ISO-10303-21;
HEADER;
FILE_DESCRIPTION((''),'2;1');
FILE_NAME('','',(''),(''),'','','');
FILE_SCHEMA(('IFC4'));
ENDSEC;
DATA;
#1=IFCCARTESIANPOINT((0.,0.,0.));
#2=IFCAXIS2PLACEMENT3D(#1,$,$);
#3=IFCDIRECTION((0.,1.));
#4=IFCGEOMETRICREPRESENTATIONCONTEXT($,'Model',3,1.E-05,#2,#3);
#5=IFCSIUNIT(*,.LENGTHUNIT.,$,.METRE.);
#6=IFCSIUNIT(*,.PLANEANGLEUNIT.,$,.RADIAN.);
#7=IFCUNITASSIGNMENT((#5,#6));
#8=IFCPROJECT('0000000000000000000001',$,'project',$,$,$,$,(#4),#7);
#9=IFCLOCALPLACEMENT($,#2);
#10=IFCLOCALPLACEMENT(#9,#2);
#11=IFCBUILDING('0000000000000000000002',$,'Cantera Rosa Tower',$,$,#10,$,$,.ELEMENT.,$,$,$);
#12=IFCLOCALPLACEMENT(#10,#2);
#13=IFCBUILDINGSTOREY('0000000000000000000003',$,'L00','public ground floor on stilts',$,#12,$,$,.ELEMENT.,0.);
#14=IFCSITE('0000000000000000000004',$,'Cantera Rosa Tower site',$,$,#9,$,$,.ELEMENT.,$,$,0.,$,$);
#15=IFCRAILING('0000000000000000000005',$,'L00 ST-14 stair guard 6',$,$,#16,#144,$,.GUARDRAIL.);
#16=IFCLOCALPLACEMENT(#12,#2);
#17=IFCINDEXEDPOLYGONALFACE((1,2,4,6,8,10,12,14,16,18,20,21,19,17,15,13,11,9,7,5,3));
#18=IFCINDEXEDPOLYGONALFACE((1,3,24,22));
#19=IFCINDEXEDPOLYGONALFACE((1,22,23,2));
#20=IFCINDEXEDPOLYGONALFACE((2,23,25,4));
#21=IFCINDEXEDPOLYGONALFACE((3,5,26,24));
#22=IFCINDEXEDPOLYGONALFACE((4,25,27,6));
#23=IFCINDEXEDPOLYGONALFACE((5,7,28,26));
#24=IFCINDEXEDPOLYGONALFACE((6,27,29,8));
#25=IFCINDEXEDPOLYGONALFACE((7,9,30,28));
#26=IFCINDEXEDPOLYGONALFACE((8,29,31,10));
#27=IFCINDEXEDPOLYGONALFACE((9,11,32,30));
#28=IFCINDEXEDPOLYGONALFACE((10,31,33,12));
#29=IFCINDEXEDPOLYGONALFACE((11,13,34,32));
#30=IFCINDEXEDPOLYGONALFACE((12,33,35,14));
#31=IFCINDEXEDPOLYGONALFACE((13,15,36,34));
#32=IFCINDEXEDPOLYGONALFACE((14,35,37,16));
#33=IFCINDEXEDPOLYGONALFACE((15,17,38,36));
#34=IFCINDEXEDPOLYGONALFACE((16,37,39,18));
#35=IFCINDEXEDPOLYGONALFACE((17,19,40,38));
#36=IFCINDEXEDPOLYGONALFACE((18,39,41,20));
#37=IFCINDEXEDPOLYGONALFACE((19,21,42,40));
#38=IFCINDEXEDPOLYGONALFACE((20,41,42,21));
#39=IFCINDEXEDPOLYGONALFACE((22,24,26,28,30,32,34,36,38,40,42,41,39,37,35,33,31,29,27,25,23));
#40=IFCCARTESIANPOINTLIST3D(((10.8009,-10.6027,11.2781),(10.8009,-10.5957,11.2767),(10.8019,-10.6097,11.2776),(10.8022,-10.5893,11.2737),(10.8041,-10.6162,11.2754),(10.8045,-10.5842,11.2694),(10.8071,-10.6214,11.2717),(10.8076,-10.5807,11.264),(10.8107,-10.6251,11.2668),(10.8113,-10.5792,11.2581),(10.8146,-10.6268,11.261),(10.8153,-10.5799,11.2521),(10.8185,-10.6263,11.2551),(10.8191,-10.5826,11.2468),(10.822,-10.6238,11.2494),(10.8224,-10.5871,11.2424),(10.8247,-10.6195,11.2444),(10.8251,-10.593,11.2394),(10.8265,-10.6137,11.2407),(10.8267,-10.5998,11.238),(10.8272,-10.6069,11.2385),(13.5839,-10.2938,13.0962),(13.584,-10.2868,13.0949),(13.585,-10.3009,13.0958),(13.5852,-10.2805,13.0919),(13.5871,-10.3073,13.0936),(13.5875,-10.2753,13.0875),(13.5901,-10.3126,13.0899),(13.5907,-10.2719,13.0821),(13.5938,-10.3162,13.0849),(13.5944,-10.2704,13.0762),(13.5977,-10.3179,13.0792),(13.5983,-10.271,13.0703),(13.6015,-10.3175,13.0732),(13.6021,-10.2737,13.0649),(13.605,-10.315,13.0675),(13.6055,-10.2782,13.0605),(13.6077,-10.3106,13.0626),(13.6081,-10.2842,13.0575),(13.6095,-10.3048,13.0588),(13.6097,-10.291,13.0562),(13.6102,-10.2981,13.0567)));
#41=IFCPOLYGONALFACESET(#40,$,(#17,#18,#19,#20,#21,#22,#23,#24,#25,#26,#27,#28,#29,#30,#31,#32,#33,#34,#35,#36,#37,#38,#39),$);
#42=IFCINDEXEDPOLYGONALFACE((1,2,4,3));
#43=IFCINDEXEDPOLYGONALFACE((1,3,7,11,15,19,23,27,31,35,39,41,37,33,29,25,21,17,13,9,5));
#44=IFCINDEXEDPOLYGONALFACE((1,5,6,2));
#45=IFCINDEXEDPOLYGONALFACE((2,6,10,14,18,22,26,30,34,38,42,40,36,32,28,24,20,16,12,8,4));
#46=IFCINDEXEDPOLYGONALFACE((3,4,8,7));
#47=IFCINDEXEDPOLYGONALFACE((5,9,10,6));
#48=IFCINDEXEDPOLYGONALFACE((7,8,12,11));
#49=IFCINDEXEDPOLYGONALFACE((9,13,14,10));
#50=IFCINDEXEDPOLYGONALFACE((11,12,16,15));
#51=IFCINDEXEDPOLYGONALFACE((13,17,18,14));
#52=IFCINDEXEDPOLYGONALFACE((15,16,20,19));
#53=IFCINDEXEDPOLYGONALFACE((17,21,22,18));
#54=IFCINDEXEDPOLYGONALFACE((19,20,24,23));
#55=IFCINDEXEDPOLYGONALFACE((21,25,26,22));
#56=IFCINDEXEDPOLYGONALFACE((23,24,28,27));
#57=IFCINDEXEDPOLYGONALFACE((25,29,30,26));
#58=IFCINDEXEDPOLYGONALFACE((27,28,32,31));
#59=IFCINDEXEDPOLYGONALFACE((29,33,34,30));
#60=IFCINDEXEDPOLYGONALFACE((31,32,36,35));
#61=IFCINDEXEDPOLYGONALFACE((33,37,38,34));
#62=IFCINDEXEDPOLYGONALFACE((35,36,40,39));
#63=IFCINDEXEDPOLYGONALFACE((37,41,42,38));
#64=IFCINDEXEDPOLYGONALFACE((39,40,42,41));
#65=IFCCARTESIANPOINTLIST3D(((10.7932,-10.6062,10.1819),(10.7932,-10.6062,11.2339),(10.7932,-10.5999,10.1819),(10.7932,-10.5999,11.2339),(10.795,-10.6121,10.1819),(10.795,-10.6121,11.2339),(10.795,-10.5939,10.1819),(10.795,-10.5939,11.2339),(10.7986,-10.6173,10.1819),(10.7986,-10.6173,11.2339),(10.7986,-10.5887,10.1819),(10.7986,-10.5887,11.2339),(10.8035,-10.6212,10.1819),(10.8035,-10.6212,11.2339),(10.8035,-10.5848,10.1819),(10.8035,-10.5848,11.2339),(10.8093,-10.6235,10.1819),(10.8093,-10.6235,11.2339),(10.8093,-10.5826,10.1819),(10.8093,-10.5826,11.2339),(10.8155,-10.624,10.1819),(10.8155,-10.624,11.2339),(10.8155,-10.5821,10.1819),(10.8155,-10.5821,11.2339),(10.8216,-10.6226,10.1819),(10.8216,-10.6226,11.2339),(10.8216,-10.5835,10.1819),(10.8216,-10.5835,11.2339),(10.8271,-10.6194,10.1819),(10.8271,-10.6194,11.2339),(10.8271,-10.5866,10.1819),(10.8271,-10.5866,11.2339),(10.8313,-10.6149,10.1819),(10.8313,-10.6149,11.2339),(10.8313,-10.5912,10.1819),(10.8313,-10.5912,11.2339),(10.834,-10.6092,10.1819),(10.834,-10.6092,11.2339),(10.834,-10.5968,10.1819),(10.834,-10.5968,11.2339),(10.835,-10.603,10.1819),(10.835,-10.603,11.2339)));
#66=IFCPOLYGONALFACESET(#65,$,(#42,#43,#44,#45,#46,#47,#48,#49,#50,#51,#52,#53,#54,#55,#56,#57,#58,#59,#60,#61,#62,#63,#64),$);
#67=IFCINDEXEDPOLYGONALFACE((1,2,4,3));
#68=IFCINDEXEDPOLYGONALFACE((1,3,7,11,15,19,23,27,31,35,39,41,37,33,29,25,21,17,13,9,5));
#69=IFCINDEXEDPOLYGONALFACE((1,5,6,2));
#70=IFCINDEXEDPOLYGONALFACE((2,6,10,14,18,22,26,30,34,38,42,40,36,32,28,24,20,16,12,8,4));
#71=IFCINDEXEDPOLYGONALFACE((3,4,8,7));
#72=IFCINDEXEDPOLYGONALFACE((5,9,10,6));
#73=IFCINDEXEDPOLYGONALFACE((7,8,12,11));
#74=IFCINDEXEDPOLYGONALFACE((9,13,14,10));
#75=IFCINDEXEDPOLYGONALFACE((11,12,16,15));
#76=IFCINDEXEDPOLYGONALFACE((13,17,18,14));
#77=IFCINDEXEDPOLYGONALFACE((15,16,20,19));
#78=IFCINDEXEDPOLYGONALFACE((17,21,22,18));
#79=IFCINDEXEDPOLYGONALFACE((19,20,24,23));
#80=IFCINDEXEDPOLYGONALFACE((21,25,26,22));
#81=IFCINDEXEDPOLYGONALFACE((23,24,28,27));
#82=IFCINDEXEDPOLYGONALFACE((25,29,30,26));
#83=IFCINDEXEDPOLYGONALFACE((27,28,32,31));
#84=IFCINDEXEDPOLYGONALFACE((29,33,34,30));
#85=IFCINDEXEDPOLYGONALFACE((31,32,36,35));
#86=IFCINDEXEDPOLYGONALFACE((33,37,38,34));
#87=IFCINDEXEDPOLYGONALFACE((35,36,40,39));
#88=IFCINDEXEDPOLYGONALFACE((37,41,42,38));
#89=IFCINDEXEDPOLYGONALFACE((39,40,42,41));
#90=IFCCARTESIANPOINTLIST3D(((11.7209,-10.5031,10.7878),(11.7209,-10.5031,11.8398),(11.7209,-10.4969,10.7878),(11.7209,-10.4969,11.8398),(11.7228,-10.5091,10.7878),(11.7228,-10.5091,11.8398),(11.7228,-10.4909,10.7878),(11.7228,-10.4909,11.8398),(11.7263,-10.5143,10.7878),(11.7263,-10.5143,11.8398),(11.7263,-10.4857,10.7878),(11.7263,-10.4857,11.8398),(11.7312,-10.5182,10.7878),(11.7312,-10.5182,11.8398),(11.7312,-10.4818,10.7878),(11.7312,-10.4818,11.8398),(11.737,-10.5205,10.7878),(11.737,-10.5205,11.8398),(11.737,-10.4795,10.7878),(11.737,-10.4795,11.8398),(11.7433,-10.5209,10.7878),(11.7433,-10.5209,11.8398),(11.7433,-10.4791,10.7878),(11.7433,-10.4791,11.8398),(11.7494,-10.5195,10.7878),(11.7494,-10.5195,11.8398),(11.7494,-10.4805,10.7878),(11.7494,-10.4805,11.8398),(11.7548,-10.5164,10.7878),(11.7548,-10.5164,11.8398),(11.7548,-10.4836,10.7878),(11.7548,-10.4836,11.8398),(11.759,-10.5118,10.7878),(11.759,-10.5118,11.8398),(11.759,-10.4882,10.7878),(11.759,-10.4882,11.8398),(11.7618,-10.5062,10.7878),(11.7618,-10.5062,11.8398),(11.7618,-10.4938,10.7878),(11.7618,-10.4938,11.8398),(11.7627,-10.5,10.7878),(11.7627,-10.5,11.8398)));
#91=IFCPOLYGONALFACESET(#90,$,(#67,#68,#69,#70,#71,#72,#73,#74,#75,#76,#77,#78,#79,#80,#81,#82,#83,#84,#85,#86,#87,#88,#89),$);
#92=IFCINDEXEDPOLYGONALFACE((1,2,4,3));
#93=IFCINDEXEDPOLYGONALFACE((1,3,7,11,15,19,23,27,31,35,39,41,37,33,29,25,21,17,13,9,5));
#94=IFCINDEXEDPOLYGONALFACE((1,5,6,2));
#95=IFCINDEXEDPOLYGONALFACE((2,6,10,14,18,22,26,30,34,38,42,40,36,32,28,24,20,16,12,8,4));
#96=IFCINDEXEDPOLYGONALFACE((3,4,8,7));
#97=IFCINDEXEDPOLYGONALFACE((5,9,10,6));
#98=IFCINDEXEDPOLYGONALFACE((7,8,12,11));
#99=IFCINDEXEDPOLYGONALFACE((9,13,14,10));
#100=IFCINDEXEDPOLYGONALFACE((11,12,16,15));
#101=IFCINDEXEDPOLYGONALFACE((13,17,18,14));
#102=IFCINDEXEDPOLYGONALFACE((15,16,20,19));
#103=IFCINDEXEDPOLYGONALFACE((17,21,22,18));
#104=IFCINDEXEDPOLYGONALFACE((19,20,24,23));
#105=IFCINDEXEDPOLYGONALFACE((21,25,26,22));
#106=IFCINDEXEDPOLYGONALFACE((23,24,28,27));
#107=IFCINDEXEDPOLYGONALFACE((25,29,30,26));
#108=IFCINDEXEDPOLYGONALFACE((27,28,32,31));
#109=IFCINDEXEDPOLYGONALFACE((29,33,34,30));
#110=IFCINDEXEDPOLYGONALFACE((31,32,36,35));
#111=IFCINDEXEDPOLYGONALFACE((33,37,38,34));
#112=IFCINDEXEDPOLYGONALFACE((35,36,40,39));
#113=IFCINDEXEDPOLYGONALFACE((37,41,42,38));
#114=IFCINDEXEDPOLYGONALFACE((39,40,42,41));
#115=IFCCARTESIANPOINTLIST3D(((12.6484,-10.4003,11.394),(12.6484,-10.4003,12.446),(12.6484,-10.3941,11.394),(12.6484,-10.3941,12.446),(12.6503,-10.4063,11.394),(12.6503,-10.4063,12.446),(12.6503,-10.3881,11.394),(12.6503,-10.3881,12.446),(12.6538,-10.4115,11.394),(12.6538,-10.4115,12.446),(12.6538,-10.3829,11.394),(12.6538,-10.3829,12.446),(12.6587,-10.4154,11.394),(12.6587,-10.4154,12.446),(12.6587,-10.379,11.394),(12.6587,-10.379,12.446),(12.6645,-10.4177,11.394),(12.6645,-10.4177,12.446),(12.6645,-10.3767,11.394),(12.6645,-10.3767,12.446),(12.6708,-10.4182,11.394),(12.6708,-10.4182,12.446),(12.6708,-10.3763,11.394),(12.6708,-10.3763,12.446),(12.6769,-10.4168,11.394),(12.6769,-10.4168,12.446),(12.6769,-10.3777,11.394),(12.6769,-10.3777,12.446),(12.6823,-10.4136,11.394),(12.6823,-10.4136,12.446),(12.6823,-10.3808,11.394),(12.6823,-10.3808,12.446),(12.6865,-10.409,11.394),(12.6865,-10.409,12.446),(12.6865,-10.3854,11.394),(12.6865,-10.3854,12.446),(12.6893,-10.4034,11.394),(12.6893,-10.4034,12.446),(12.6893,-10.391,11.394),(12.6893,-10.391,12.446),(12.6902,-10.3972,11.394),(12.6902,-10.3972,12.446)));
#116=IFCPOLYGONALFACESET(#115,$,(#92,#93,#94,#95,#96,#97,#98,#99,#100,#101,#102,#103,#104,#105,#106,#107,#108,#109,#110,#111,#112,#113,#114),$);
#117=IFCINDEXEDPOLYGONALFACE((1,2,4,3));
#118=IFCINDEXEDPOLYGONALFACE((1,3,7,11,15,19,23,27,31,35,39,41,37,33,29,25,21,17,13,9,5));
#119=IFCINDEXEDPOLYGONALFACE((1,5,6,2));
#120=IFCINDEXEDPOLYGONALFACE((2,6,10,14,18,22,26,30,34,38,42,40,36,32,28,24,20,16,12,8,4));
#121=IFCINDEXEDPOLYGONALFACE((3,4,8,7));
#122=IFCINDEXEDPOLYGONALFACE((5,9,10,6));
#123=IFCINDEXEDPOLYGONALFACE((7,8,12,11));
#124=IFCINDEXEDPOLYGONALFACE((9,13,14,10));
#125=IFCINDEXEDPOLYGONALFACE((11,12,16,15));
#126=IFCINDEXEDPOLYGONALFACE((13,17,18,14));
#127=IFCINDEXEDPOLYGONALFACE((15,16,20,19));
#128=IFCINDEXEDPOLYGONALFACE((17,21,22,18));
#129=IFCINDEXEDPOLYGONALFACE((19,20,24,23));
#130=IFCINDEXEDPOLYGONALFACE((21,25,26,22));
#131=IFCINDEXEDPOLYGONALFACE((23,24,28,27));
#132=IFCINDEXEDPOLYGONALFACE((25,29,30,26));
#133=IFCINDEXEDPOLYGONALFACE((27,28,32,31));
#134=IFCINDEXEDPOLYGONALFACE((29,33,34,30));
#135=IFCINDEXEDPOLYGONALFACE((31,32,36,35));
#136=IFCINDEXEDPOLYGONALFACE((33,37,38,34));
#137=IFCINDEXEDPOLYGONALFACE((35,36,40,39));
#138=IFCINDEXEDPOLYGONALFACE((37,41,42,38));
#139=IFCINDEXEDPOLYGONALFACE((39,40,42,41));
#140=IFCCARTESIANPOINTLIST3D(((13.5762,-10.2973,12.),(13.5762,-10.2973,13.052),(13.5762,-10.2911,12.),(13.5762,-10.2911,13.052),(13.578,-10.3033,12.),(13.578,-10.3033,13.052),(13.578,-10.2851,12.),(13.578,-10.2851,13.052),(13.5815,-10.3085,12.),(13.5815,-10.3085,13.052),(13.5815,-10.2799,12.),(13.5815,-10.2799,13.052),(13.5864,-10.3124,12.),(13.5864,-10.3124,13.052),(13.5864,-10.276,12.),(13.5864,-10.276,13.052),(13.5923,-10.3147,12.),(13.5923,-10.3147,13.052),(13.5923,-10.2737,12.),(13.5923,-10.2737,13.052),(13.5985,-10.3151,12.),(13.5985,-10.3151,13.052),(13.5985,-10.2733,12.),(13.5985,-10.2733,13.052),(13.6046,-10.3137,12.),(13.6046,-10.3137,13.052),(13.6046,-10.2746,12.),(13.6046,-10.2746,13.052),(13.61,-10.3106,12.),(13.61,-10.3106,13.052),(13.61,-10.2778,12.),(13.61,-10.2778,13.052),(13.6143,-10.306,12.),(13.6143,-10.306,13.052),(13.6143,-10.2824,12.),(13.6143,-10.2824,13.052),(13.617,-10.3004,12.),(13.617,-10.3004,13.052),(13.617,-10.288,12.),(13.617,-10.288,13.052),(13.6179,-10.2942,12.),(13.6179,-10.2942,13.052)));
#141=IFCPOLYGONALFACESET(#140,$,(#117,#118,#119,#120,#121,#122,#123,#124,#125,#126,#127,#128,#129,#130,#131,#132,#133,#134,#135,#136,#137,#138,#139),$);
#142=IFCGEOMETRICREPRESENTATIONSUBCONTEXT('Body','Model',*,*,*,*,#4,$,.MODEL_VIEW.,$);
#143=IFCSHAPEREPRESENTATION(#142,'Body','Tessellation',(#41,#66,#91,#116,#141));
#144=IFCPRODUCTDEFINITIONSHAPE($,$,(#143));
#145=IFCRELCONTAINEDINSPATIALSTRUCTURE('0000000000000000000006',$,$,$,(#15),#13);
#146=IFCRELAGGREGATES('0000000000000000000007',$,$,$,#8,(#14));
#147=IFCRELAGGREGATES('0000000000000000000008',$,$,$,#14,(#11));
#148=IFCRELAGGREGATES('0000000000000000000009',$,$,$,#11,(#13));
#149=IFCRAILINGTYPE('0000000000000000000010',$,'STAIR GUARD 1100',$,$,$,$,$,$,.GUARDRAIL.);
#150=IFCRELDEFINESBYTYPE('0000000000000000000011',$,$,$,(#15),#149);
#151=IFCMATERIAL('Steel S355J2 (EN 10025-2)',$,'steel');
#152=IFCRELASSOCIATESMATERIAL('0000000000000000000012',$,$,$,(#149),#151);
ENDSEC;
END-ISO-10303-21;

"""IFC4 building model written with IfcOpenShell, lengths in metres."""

from ifc_helpers import new_model, si_unit, direction, frame, origin, origin_2d, place, context, subcontext, project, spatial, circle, extrude, material, type_object, element, save


model = new_model("IFC4")

# Units and contexts
model_context = context("Model", 3, precision=1e-05, world=origin(), true_north=direction((0.0, 1.0)))
body_context = subcontext(model_context, "Body", "Model", "MODEL_VIEW")
ifc_project = project(units=[si_unit("LENGTHUNIT", "METRE"), si_unit("PLANEANGLEUNIT", "RADIAN")], contexts=[model_context])

# Site, building, storey
site_placement = place(None, origin())
site = spatial("IfcSite", under=ifc_project, at=site_placement, Name="Cantera Rosa Tower site", CompositionType="ELEMENT", RefElevation=0.0)
building_placement = place(site_placement, origin())
building = spatial("IfcBuilding", under=site, at=building_placement, Name="Cantera Rosa Tower", CompositionType="ELEMENT")
storey_placement = place(building_placement, origin())
storey = spatial("IfcBuildingStorey", under=building, at=storey_placement, Name="L00", Description="public ground floor on stilts", CompositionType="ELEMENT", Elevation=0.0)

# Railing
ifc_material_1 = material(Name="Steel S355J2 (EN 10025-2)", Category="steel")
railing_type_1 = type_object("IfcRailingType", Name="STAIR GUARD 1100", PredefinedType="GUARDRAIL", material=ifc_material_1)
railing_1_placement = place(storey_placement, frame((10.814, -10.603, 10.1819)))
element("IfcRailing", 1, at=railing_1_placement, inside=storey, type_object=railing_type_1, Name="L00 ST-14 stair guard 6", PredefinedType="GUARDRAIL", context=body_context, shape_type="SweptSolid", body=[
    extrude(circle(Radius=0.0239, at=origin_2d()), frame((0.0, 0.0, 1.0762), z_axis=(0.833588, 0.092507, 0.544586), x_axis=(-0.110298, 0.993899, 0.0)), (0.0, 0.0, 1.0), 3.3386),
    extrude(circle(Radius=0.021, at=origin_2d()), origin(), (0.0, 0.0, 1.0), 1.052),
    extrude(circle(Radius=0.021, at=origin_2d()), frame((0.9277, 0.103, 0.606)), (0.0, 0.0, 1.0), 1.052),
    extrude(circle(Radius=0.021, at=origin_2d()), frame((1.8552, 0.2058, 1.2122)), (0.0, 0.0, 1.0), 1.052),
    extrude(circle(Radius=0.021, at=origin_2d()), frame((2.783, 0.3088, 1.8181)), (0.0, 0.0, 1.0), 1.052),
])

save(model, "model.ifc")
